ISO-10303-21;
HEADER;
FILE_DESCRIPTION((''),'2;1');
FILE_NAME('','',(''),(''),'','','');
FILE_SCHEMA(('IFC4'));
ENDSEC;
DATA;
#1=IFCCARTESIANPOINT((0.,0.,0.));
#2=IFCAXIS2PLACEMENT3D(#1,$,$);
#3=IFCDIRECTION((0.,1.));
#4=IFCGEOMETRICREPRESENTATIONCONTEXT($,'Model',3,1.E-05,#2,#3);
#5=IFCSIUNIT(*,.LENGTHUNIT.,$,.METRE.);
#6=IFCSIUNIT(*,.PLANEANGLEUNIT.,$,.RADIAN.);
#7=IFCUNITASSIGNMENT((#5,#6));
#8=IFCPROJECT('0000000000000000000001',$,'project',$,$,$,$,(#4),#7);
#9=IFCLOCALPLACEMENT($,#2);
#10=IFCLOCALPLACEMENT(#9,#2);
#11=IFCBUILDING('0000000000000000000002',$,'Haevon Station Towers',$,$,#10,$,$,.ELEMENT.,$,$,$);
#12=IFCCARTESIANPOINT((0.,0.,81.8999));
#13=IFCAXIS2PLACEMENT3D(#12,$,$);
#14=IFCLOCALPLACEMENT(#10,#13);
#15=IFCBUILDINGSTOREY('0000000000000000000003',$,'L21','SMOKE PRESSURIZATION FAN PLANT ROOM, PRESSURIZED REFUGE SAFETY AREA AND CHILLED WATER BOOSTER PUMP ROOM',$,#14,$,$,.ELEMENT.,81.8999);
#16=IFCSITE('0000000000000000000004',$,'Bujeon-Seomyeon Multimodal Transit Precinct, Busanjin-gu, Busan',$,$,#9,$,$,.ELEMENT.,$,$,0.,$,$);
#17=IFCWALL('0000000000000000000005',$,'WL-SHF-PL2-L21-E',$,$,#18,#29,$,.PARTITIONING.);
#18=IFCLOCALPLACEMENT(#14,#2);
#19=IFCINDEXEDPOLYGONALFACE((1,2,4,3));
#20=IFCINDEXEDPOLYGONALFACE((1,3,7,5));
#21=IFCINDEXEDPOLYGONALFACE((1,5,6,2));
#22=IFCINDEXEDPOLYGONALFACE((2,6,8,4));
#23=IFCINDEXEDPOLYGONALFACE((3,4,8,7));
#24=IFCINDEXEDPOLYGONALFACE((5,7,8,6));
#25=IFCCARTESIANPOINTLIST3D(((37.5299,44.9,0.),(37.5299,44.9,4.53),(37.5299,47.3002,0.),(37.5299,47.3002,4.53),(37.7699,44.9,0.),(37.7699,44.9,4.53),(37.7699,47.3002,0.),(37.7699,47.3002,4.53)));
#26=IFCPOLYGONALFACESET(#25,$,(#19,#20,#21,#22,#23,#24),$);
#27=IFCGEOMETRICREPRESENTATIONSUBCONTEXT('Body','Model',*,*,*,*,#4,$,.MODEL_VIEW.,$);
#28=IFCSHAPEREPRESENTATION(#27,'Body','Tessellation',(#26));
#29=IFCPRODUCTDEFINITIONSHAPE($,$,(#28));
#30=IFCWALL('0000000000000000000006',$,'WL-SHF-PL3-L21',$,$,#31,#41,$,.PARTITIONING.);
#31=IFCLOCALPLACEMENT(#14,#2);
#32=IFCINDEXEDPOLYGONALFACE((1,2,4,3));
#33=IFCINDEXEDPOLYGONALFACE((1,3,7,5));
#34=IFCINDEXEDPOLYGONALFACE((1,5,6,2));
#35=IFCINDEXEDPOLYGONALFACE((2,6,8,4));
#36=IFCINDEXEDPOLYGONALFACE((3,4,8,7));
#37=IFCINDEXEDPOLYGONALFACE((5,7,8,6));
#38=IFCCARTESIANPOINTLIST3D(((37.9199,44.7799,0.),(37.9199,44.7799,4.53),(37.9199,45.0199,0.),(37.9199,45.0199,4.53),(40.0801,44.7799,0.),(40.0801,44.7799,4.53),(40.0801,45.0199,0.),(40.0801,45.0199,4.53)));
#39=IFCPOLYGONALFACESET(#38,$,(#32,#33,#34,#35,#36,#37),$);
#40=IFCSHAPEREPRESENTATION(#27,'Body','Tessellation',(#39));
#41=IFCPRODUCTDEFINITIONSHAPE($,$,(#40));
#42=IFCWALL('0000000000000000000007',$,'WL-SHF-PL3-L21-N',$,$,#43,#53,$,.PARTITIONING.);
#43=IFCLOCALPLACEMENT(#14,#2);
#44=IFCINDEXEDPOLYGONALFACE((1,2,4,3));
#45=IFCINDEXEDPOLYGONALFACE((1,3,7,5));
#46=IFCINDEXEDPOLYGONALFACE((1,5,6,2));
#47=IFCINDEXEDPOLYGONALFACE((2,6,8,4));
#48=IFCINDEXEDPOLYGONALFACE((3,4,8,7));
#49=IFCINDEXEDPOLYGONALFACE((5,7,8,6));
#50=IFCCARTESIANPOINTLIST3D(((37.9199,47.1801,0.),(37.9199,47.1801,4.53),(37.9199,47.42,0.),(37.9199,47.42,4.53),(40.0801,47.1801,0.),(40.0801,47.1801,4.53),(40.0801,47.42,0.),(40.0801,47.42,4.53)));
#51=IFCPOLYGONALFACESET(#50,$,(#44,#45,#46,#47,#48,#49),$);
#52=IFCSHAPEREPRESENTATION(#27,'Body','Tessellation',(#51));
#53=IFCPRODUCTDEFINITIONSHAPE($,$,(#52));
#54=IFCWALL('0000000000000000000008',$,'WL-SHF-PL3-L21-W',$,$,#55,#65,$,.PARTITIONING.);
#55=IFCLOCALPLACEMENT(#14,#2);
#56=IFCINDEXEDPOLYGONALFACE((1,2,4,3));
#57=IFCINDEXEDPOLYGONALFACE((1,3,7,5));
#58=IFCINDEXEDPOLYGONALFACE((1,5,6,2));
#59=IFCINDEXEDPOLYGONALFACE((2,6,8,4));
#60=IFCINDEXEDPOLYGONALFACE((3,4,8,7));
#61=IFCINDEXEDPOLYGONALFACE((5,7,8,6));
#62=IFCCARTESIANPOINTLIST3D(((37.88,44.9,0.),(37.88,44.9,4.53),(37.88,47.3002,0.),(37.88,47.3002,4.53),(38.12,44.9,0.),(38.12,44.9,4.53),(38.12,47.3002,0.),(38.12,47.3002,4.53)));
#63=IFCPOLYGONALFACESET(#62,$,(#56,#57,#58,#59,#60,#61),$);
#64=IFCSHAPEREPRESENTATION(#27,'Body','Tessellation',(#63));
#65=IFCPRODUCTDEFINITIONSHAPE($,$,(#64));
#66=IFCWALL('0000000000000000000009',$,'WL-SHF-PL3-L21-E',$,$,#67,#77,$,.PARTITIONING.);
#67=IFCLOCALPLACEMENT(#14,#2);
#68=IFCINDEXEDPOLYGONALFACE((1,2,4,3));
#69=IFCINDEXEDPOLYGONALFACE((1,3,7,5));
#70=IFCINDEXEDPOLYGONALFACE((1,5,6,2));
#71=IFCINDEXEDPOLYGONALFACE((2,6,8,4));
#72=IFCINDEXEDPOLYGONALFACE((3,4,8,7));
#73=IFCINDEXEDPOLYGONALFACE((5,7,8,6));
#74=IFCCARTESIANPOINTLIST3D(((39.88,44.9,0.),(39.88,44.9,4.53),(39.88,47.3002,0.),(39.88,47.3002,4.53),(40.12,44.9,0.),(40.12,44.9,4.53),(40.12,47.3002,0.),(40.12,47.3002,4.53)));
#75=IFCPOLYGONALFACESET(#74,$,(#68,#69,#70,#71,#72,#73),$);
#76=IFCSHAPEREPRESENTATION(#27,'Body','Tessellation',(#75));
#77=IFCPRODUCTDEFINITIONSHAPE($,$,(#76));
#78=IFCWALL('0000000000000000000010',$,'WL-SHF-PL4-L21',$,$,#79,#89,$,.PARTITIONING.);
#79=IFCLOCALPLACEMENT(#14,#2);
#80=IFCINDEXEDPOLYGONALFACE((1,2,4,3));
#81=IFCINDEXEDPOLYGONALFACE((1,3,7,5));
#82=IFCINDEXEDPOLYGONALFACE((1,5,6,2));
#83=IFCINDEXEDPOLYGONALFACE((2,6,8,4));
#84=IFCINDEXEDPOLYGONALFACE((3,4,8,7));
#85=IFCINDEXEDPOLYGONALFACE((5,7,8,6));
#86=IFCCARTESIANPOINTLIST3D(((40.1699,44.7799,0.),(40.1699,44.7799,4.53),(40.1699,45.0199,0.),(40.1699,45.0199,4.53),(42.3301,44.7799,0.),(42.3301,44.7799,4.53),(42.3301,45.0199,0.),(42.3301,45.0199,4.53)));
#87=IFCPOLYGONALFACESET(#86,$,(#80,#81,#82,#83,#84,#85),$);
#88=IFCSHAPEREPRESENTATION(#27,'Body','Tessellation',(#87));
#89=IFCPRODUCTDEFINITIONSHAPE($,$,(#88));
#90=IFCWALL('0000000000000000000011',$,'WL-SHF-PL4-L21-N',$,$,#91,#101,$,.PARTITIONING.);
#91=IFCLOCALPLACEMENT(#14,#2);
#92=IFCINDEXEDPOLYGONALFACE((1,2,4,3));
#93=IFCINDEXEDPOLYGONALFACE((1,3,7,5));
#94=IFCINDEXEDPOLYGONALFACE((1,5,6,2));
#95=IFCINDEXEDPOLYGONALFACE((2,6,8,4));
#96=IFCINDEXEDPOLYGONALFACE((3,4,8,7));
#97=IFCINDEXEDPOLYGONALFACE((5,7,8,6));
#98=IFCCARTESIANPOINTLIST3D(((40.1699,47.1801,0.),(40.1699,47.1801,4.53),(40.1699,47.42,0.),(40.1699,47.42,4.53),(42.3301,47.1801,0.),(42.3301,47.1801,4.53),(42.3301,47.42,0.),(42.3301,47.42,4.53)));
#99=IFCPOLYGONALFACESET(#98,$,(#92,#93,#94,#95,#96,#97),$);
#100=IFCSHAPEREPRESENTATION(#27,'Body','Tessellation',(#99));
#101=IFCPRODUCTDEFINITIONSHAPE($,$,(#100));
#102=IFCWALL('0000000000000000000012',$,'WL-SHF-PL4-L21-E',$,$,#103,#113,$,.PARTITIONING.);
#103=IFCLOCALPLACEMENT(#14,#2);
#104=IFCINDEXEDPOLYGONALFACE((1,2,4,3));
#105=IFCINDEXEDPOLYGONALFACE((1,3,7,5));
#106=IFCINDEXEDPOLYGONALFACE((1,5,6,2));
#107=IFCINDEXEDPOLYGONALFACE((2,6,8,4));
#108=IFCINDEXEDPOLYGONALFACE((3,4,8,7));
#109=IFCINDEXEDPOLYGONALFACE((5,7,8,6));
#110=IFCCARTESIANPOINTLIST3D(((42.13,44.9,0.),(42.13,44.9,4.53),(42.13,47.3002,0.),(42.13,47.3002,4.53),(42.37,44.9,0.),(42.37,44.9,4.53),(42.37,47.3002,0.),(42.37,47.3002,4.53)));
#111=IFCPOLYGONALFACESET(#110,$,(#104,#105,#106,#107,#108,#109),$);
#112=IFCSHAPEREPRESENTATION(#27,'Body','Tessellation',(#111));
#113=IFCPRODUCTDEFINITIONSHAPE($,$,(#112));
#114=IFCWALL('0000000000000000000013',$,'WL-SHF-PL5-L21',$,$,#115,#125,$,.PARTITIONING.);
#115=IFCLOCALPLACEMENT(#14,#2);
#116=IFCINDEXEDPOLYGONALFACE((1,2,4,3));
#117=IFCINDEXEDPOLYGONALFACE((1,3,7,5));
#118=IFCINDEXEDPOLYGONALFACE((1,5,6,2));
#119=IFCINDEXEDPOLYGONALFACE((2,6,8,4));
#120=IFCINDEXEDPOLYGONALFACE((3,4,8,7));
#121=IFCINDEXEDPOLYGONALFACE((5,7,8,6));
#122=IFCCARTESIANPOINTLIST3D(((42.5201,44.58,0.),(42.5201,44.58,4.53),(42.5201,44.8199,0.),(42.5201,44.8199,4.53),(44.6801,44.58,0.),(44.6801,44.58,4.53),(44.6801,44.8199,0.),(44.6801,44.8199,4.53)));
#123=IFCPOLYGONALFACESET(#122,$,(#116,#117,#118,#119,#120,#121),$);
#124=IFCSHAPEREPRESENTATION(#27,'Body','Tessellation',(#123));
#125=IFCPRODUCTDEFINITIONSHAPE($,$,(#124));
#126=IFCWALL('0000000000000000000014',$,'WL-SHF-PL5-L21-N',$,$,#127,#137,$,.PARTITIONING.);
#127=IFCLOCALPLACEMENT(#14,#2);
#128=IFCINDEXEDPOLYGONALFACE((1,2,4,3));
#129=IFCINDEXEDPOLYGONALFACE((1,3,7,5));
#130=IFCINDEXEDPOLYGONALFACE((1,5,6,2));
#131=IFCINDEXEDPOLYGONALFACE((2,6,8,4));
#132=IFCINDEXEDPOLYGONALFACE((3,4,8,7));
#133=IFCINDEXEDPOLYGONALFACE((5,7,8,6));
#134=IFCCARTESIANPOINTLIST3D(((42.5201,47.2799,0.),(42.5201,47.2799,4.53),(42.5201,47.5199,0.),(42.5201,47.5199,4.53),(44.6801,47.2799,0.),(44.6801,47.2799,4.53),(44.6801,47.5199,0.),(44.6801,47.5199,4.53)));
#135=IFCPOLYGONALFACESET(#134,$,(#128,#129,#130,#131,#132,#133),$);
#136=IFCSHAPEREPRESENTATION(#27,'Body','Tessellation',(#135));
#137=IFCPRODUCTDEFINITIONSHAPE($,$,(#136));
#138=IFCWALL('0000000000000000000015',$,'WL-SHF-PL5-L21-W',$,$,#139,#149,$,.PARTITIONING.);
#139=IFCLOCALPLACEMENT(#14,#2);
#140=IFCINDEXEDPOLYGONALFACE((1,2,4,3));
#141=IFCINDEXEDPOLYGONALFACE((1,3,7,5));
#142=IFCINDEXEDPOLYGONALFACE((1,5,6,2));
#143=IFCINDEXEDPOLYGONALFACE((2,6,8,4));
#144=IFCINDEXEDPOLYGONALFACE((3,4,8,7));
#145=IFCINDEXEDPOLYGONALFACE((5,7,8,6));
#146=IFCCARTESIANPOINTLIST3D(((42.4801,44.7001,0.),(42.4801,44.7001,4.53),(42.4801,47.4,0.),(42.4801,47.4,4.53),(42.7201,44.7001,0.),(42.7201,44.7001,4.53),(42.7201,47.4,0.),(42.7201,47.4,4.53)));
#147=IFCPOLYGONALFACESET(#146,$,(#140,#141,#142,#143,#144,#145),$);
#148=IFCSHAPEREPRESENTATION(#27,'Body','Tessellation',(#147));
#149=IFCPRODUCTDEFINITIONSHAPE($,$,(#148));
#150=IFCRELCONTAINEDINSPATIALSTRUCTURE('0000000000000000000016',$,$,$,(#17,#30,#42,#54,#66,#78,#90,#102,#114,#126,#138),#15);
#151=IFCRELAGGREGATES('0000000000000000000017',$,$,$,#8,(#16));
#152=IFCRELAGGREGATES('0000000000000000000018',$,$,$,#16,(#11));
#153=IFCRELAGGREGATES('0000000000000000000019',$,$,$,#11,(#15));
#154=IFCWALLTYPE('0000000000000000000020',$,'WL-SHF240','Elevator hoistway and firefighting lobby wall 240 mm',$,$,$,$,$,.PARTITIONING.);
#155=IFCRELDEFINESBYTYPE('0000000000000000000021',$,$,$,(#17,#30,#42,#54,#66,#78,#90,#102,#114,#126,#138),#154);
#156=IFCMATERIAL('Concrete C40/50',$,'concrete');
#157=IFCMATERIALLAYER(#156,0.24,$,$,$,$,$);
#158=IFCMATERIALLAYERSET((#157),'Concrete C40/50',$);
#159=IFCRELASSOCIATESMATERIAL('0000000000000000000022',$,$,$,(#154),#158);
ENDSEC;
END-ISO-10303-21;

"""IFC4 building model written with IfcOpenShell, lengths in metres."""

from ifc_helpers import new_model, si_unit, direction, frame, frame_2d, origin, place, context, subcontext, project, spatial, rectangle, extrude, material, layer, layer_set, type_object, element, save


model = new_model("IFC4")

# Units and contexts
model_context = context("Model", 3, precision=1e-05, world=origin(), true_north=direction((0.0, 1.0)))
body_context = subcontext(model_context, "Body", "Model", "MODEL_VIEW")
ifc_project = project(units=[si_unit("LENGTHUNIT", "METRE"), si_unit("PLANEANGLEUNIT", "RADIAN")], contexts=[model_context])

# Site, building, storey
site_placement = place(None, origin())
site = spatial("IfcSite", under=ifc_project, at=site_placement, Name="Bujeon-Seomyeon Multimodal Transit Precinct, Busanjin-gu, Busan", CompositionType="ELEMENT", RefElevation=0.0)
building_placement = place(site_placement, origin())
building = spatial("IfcBuilding", under=site, at=building_placement, Name="Haevon Station Towers", CompositionType="ELEMENT")
storey_placement = place(building_placement, frame((0.0, 0.0, 81.8999)))
storey = spatial("IfcBuildingStorey", under=building, at=storey_placement, Name="L21", Description="SMOKE PRESSURIZATION FAN PLANT ROOM, PRESSURIZED REFUGE SAFETY AREA AND CHILLED WATER BOOSTER PUMP ROOM", CompositionType="ELEMENT", Elevation=81.8999)

# Shared definitions
ifc_material_1 = material(Name="Concrete C40/50", Category="concrete")
ifc_layer_1 = layer(ifc_material_1, 0.24)
ifc_layer_set_1 = layer_set([ifc_layer_1], Name="Concrete C40/50")
wall_type_1 = type_object("IfcWallType", Name="WL-SHF240", Description="Elevator hoistway and firefighting lobby wall 240 mm", PredefinedType="PARTITIONING", material=ifc_layer_set_1)

# Walls
wall_1_placement = place(storey_placement, frame((37.6499, 44.8999, 0.0), z_axis=(0.0, 0.0, 1.0), x_axis=(0.0, 1.0, 0.0)))
element("IfcWall", 1, at=wall_1_placement, inside=storey, type_object=wall_type_1, Name="WL-SHF-PL2-L21-E", PredefinedType="PARTITIONING", context=body_context, shape_type="SweptSolid", body=[
    extrude(rectangle(XDim=2.4001, YDim=0.24, at=frame_2d((1.2002, 0.0))), origin(), (0.0, 0.0, 1.0), 4.53),
])
for number, where, z_axis, x_axis, name in (
    (2, (37.9199, 44.8999, 0.0), (0.0, 0.0, 1.0), (1.0, 0.0, 0.0), "WL-SHF-PL3-L21"),
    (3, (37.9199, 47.3, 0.0), (0.0, 0.0, 1.0), (1.0, 0.0, 0.0), "WL-SHF-PL3-L21-N"),
):
    element("IfcWall", number, at=place(storey_placement, frame(where, z_axis=z_axis, x_axis=x_axis)), inside=storey, type_object=wall_type_1, Name=name, PredefinedType="PARTITIONING", context=body_context, shape_type="SweptSolid", body=[
        extrude(rectangle(XDim=2.1602, YDim=0.24, at=frame_2d((1.0801, 0.0))), origin(), (0.0, 0.0, 1.0), 4.53),
    ])
for number, where, z_axis, x_axis, name in (
    (4, (38.0, 44.8999, 0.0), (0.0, 0.0, 1.0), (0.0, 1.0, 0.0), "WL-SHF-PL3-L21-W"),
    (5, (40.0, 44.8999, 0.0), (0.0, 0.0, 1.0), (0.0, 1.0, 0.0), "WL-SHF-PL3-L21-E"),
):
    element("IfcWall", number, at=place(storey_placement, frame(where, z_axis=z_axis, x_axis=x_axis)), inside=storey, type_object=wall_type_1, Name=name, PredefinedType="PARTITIONING", context=body_context, shape_type="SweptSolid", body=[
        extrude(rectangle(XDim=2.4001, YDim=0.24, at=frame_2d((1.2002, 0.0))), origin(), (0.0, 0.0, 1.0), 4.53),
    ])
for number, where, z_axis, x_axis, name in (
    (6, (40.1699, 44.8999, 0.0), (0.0, 0.0, 1.0), (1.0, 0.0, 0.0), "WL-SHF-PL4-L21"),
    (7, (40.1699, 47.3, 0.0), (0.0, 0.0, 1.0), (1.0, 0.0, 0.0), "WL-SHF-PL4-L21-N"),
):
    element("IfcWall", number, at=place(storey_placement, frame(where, z_axis=z_axis, x_axis=x_axis)), inside=storey, type_object=wall_type_1, Name=name, PredefinedType="PARTITIONING", context=body_context, shape_type="SweptSolid", body=[
        extrude(rectangle(XDim=2.1602, YDim=0.24, at=frame_2d((1.0801, 0.0))), origin(), (0.0, 0.0, 1.0), 4.53),
    ])
wall_2_placement = place(storey_placement, frame((42.25, 44.8999, 0.0), z_axis=(0.0, 0.0, 1.0), x_axis=(0.0, 1.0, 0.0)))
element("IfcWall", 8, at=wall_2_placement, inside=storey, type_object=wall_type_1, Name="WL-SHF-PL4-L21-E", PredefinedType="PARTITIONING", context=body_context, shape_type="SweptSolid", body=[
    extrude(rectangle(XDim=2.4001, YDim=0.24, at=frame_2d((1.2002, 0.0))), origin(), (0.0, 0.0, 1.0), 4.53),
])
for number, where, z_axis, x_axis, name in (
    (9, (42.52, 44.7, 0.0), (0.0, 0.0, 1.0), (1.0, 0.0, 0.0), "WL-SHF-PL5-L21"),
    (10, (42.52, 47.3999, 0.0), (0.0, 0.0, 1.0), (1.0, 0.0, 0.0), "WL-SHF-PL5-L21-N"),
):
    element("IfcWall", number, at=place(storey_placement, frame(where, z_axis=z_axis, x_axis=x_axis)), inside=storey, type_object=wall_type_1, Name=name, PredefinedType="PARTITIONING", context=body_context, shape_type="SweptSolid", body=[
        extrude(rectangle(XDim=2.1599, YDim=0.24, at=frame_2d((1.0801, 0.0))), origin(), (0.0, 0.0, 1.0), 4.53),
    ])
wall_3_placement = place(storey_placement, frame((42.6001, 44.7, 0.0), z_axis=(0.0, 0.0, 1.0), x_axis=(0.0, 1.0, 0.0)))
element("IfcWall", 11, at=wall_3_placement, inside=storey, type_object=wall_type_1, Name="WL-SHF-PL5-L21-W", PredefinedType="PARTITIONING", context=body_context, shape_type="SweptSolid", body=[
    extrude(rectangle(XDim=2.7, YDim=0.24, at=frame_2d((1.3501, 0.0))), origin(), (0.0, 0.0, 1.0), 4.53),
])

save(model, "model.ifc")
